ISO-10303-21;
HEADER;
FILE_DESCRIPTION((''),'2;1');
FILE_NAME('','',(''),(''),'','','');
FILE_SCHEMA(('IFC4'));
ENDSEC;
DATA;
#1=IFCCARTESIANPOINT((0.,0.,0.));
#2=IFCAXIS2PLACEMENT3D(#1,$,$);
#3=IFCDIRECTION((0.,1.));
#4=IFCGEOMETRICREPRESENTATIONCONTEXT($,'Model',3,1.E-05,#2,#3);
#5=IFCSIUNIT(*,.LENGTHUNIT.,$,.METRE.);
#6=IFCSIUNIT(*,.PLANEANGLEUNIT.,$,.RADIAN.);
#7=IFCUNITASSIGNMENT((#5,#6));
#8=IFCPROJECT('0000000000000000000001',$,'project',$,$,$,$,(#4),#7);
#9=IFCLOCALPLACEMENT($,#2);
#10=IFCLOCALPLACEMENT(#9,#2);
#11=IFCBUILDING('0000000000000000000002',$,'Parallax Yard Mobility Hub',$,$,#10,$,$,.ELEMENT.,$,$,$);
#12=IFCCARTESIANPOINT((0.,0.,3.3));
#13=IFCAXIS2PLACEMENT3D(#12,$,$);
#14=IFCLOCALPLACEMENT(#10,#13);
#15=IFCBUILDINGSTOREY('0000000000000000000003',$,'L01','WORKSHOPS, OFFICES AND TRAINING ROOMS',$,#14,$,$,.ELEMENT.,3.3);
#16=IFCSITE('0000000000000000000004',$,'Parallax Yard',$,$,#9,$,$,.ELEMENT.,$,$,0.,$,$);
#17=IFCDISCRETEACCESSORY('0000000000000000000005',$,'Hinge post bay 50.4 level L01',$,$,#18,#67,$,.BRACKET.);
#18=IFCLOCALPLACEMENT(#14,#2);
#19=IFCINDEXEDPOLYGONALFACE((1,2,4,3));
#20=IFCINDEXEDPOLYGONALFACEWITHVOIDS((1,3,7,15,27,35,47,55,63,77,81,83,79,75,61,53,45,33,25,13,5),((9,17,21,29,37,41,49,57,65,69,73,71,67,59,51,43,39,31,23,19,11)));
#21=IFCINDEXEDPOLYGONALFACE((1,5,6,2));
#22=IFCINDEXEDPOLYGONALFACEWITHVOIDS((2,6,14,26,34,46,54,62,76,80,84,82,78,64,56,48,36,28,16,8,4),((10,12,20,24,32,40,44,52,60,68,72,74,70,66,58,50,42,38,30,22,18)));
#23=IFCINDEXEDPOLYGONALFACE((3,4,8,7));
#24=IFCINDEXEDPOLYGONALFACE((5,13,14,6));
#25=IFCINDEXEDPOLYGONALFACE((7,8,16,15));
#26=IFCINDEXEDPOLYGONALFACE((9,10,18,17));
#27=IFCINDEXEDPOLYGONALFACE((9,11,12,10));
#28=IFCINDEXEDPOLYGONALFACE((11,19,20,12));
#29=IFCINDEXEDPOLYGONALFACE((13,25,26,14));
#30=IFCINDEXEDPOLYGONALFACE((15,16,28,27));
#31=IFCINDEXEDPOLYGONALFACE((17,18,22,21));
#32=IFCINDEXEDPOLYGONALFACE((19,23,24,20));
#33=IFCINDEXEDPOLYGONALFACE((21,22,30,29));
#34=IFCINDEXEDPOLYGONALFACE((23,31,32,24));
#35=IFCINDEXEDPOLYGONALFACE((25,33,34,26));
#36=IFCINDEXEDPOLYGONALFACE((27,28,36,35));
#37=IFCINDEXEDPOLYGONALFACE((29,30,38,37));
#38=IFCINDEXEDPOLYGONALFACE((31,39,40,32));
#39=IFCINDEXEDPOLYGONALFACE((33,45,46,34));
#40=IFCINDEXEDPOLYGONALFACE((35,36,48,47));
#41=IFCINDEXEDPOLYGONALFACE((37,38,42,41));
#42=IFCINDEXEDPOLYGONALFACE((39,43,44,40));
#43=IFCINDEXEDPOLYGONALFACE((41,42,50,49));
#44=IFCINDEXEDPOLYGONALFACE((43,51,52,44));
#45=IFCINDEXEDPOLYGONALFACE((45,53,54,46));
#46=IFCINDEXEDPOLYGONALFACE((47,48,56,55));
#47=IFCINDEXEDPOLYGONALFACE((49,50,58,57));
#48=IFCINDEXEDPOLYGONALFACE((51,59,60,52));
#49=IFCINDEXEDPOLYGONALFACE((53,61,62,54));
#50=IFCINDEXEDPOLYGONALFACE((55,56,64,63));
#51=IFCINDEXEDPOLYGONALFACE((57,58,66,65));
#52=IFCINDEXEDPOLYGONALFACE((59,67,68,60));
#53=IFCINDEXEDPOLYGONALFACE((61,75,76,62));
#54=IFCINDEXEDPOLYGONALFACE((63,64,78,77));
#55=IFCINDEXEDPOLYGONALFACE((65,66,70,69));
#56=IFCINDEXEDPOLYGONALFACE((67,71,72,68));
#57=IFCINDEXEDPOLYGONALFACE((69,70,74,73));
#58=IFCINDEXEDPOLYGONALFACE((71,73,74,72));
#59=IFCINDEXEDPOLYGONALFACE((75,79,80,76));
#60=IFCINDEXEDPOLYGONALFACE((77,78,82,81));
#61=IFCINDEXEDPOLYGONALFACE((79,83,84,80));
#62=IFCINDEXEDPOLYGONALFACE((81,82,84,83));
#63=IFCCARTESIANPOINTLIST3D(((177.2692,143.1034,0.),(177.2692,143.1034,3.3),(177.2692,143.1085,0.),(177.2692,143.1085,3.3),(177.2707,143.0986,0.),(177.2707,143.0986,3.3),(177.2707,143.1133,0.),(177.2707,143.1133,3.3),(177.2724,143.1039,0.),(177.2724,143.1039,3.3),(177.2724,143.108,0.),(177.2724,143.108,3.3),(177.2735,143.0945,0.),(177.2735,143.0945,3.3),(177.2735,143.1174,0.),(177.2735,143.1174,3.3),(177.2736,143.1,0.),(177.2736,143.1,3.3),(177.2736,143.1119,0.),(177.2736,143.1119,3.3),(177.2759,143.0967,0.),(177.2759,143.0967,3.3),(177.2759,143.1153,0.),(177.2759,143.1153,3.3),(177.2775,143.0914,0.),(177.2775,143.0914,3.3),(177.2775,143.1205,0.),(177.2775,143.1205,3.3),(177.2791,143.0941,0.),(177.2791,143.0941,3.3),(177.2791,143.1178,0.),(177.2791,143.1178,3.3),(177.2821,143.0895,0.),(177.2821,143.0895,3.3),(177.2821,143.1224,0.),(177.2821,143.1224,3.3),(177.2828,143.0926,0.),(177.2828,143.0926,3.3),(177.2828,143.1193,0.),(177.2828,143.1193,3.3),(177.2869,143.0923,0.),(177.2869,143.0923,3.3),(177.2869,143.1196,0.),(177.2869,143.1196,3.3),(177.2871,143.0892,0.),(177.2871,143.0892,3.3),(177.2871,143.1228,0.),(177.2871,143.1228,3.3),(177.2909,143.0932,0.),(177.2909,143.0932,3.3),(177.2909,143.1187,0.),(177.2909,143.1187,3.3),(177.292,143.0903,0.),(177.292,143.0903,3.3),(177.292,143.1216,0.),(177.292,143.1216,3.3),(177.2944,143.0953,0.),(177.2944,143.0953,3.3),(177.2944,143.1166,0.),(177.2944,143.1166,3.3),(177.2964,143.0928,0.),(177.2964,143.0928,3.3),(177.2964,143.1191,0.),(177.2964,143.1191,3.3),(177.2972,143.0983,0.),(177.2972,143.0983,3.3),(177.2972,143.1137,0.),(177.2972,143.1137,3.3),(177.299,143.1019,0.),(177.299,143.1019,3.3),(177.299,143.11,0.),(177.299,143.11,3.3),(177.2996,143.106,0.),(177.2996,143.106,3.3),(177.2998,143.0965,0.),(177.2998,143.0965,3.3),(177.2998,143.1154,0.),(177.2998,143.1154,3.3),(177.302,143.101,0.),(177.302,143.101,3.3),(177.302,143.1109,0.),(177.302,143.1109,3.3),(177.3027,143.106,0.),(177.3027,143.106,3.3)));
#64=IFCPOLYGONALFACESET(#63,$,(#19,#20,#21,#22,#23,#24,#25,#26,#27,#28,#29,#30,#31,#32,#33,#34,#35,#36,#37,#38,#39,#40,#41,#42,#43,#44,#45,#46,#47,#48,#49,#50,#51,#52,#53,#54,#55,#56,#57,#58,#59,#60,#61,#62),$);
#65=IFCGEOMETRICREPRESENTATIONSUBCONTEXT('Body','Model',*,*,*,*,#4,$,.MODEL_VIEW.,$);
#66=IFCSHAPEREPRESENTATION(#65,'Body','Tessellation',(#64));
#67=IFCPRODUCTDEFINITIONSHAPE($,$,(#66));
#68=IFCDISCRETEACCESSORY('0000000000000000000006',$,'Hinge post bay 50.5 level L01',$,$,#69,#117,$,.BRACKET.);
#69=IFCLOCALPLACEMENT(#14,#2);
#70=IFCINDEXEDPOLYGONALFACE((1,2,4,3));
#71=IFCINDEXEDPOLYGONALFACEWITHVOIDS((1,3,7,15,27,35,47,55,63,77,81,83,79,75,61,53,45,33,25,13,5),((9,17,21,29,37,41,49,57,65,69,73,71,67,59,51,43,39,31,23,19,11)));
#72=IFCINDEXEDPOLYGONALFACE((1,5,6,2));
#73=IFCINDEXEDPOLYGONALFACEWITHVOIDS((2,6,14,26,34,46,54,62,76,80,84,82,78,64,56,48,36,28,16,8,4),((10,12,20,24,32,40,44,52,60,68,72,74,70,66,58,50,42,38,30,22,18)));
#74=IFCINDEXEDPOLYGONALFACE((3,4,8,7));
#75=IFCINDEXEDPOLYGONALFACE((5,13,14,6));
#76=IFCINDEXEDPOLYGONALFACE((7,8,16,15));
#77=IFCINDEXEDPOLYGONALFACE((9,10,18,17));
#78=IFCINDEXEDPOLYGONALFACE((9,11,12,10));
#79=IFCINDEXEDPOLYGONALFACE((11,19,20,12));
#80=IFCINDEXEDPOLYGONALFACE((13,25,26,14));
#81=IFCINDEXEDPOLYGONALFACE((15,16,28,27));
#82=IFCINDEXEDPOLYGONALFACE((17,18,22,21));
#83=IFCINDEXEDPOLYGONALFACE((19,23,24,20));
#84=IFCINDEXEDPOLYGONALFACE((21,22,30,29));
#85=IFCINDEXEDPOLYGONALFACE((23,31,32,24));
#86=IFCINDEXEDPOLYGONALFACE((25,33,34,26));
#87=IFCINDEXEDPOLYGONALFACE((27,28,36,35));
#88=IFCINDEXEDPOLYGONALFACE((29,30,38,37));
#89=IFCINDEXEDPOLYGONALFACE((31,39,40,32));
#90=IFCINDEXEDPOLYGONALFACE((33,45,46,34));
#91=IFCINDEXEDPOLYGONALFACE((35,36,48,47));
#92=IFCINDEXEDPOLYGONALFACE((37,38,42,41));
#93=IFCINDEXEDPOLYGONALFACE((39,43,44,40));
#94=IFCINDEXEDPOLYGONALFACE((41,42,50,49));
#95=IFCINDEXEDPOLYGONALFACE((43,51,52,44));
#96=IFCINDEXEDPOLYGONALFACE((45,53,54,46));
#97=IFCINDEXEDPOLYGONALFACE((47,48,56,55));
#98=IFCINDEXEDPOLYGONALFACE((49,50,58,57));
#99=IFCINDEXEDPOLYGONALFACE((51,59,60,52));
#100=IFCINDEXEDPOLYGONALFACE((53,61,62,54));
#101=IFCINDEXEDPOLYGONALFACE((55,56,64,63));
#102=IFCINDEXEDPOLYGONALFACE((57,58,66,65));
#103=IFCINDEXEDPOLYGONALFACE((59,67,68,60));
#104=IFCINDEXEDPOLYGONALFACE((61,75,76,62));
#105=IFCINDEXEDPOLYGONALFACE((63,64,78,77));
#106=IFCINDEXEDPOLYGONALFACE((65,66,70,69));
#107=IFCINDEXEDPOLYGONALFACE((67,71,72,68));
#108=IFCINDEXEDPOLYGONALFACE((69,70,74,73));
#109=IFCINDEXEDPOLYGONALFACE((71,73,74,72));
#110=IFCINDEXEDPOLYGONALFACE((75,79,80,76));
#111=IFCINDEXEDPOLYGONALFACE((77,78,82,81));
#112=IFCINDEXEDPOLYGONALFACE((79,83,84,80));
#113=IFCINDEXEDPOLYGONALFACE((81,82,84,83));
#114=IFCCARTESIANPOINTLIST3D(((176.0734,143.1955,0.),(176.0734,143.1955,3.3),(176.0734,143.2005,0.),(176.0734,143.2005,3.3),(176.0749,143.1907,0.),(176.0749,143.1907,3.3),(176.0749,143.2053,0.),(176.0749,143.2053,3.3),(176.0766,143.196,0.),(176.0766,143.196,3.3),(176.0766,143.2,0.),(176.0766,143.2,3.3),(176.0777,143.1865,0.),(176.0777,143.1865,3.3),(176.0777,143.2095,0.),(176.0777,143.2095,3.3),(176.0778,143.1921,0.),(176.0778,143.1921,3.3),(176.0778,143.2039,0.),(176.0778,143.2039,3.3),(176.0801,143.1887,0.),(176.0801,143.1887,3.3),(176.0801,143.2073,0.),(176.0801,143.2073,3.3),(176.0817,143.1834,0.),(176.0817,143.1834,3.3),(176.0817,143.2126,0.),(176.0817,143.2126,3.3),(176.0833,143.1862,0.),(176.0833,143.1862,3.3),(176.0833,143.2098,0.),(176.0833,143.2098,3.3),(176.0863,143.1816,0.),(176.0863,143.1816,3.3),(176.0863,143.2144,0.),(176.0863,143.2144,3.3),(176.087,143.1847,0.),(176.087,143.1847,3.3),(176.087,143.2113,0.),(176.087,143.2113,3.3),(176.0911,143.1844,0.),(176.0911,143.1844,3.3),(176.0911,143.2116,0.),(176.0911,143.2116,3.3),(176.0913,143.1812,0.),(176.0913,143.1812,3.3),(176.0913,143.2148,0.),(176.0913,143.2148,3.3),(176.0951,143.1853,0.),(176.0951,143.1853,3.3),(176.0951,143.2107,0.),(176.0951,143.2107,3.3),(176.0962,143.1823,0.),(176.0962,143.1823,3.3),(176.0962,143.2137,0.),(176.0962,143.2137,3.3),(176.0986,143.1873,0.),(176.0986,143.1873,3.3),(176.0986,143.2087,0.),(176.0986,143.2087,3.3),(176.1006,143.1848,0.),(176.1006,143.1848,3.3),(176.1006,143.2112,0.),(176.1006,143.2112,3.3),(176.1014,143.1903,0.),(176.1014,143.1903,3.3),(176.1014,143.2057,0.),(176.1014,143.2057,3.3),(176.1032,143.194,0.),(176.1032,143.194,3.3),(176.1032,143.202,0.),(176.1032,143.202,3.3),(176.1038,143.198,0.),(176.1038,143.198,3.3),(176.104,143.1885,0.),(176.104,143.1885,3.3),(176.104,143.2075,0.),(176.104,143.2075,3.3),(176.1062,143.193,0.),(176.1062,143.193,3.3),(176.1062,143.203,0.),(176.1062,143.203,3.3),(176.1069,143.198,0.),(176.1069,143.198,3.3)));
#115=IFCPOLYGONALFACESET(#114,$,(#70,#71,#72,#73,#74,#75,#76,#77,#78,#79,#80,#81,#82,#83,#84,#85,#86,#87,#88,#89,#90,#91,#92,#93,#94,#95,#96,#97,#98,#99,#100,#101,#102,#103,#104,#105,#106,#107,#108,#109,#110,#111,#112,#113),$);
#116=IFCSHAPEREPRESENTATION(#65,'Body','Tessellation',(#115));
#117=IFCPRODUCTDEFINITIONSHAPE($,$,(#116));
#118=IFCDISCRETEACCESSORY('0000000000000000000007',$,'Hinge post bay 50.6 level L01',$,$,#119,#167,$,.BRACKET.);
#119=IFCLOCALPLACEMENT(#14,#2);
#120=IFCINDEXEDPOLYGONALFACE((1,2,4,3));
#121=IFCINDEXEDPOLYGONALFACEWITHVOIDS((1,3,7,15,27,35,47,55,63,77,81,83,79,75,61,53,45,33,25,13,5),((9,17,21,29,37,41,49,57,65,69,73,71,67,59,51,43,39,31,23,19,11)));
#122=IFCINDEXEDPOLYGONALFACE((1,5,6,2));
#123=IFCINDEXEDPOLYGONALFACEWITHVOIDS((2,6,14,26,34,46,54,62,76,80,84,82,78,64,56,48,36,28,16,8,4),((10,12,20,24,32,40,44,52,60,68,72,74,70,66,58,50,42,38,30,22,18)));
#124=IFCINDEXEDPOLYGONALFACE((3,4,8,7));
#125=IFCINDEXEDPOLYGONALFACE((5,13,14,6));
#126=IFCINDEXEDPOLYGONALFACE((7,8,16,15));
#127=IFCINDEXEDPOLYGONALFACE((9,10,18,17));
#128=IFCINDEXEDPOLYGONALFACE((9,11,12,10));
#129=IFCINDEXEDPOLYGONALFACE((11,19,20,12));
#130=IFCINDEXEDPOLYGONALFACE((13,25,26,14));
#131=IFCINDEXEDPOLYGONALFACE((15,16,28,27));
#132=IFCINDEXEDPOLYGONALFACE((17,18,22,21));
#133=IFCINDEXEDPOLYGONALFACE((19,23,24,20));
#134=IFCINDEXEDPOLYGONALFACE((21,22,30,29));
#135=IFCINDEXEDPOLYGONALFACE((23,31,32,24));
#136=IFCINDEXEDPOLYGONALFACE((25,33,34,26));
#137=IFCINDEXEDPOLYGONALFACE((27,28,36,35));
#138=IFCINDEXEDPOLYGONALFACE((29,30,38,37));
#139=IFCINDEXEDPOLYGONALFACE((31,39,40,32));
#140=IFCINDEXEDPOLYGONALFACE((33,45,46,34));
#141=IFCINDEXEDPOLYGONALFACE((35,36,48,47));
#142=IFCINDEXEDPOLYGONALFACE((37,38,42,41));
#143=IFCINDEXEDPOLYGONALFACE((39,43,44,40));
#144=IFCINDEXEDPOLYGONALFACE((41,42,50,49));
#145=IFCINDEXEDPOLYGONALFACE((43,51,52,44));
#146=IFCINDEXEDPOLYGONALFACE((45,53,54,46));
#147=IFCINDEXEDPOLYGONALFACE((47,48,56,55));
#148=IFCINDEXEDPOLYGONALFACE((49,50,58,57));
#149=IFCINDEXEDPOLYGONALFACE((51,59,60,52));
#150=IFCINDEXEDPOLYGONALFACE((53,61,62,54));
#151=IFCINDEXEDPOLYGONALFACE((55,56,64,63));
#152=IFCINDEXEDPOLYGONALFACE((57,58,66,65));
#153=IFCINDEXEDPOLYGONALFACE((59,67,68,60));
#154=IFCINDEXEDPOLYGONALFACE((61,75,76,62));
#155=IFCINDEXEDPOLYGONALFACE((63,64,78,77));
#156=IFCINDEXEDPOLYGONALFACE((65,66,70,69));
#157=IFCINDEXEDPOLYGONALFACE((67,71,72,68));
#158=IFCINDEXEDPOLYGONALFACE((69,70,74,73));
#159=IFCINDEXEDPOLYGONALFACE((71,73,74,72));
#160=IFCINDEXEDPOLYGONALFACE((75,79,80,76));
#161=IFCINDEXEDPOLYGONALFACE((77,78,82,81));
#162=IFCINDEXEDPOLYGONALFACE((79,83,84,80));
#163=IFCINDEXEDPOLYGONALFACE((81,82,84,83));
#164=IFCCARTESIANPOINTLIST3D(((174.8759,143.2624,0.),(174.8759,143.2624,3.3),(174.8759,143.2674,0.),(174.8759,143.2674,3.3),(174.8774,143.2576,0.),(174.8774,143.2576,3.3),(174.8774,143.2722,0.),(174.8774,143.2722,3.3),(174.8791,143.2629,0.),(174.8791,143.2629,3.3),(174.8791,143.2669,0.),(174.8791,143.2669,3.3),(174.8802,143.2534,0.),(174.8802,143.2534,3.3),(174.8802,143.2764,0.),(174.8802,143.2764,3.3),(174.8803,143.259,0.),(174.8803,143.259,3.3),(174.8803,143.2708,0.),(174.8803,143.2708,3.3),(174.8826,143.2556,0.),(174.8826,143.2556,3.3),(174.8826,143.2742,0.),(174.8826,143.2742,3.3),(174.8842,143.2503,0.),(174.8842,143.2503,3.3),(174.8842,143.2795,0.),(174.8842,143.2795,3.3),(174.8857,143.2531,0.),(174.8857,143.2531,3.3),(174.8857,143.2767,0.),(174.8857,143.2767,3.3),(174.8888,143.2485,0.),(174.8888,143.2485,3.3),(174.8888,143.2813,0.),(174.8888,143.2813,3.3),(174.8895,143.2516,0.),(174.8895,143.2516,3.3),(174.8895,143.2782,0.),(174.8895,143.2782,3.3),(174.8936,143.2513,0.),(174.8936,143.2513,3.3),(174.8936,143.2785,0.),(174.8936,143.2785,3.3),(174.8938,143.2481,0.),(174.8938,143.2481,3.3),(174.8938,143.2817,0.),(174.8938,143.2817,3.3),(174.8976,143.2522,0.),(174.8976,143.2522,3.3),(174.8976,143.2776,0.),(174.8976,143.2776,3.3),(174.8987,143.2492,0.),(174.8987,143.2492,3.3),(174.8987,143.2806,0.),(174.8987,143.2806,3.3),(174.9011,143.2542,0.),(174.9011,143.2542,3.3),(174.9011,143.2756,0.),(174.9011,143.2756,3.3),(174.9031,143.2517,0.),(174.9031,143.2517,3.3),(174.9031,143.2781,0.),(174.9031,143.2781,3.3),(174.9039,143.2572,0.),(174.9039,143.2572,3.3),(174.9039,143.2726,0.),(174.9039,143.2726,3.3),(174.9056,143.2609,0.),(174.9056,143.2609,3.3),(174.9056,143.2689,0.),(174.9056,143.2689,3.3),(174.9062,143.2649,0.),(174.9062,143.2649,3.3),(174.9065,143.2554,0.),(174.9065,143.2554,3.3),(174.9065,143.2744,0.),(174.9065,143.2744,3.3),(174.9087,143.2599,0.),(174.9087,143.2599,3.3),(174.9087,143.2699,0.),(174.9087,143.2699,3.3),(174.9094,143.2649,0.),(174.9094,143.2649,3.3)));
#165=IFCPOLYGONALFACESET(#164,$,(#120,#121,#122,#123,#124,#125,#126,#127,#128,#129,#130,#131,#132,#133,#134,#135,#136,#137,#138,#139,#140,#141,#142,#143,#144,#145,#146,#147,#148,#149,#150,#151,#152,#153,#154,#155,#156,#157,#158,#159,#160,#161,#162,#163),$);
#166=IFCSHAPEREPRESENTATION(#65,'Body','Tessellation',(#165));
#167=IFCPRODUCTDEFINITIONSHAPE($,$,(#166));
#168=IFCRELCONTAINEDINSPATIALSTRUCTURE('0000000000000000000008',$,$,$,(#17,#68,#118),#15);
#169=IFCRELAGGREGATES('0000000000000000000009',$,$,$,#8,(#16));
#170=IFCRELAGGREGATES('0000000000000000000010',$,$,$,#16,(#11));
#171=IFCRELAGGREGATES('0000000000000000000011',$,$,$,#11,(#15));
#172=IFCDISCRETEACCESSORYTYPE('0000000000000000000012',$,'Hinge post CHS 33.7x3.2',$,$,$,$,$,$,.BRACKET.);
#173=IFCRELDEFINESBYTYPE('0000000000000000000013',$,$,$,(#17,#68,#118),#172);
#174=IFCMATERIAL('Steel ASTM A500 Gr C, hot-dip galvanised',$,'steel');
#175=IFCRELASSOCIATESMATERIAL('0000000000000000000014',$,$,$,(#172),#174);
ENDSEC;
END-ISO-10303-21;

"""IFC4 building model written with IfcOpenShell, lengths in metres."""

from ifc_helpers import new_model, si_unit, direction, frame, origin, origin_2d, place, context, subcontext, project, spatial, hollow_circle, extrude, material, material_profile, profile_set, type_object, element, save


model = new_model("IFC4")

# Units and contexts
model_context = context("Model", 3, precision=1e-05, world=origin(), true_north=direction((0.0, 1.0)))
body_context = subcontext(model_context, "Body", "Model", "MODEL_VIEW")
ifc_project = project(units=[si_unit("LENGTHUNIT", "METRE"), si_unit("PLANEANGLEUNIT", "RADIAN")], contexts=[model_context])

# Site, building, storey
site_placement = place(None, origin())
site = spatial("IfcSite", under=ifc_project, at=site_placement, Name="Parallax Yard", CompositionType="ELEMENT", RefElevation=0.0)
building_placement = place(site_placement, origin())
building = spatial("IfcBuilding", under=site, at=building_placement, Name="Parallax Yard Mobility Hub", CompositionType="ELEMENT")
storey_placement = place(building_placement, frame((0.0, 0.0, 3.3)))
storey = spatial("IfcBuildingStorey", under=building, at=storey_placement, Name="L01", Description="WORKSHOPS, OFFICES AND TRAINING ROOMS", CompositionType="ELEMENT", Elevation=3.3)

# Discrete accessories
ifc_material_1 = material(Name="Steel ASTM A500 Gr C, hot-dip galvanised", Category="steel")
ifc_material_profile = material_profile(ifc_material_1, hollow_circle(Radius=0.0168, WallThickness=0.0032, at=origin_2d()), Name="CHS 33.7x3.2")
ifc_profile_set = profile_set([ifc_material_profile], Name="Steel ASTM A500 Gr C, hot-dip galvanised")
discrete_accessory_type_1 = type_object("IfcDiscreteAccessoryType", Name="Hinge post CHS 33.7x3.2", PredefinedType="BRACKET", material=ifc_profile_set)
for number, where, z_axis, x_axis, name in (
    (1, (177.2859, 143.106, 0.0), (0.0, 0.0, 1.0), (1.0, 0.0, 0.0), "Hinge post bay 50.4 level L01"),
    (2, (176.0901, 143.198, 0.0), (0.0, 0.0, 1.0), (1.0, 0.0, 0.0), "Hinge post bay 50.5 level L01"),
    (3, (174.8926, 143.2649, 0.0), (0.0, 0.0, 1.0), (1.0, 0.0, 0.0), "Hinge post bay 50.6 level L01"),
):
    element("IfcDiscreteAccessory", number, at=place(storey_placement, frame(where, z_axis=z_axis, x_axis=x_axis)), inside=storey, type_object=discrete_accessory_type_1, Name=name, PredefinedType="BRACKET", context=body_context, shape_type="SweptSolid", body=[
        extrude(hollow_circle(Radius=0.0168, WallThickness=0.0032, at=origin_2d()), origin(), (0.0, 0.0, 1.0), 3.3),
    ])

save(model, "model.ifc")
